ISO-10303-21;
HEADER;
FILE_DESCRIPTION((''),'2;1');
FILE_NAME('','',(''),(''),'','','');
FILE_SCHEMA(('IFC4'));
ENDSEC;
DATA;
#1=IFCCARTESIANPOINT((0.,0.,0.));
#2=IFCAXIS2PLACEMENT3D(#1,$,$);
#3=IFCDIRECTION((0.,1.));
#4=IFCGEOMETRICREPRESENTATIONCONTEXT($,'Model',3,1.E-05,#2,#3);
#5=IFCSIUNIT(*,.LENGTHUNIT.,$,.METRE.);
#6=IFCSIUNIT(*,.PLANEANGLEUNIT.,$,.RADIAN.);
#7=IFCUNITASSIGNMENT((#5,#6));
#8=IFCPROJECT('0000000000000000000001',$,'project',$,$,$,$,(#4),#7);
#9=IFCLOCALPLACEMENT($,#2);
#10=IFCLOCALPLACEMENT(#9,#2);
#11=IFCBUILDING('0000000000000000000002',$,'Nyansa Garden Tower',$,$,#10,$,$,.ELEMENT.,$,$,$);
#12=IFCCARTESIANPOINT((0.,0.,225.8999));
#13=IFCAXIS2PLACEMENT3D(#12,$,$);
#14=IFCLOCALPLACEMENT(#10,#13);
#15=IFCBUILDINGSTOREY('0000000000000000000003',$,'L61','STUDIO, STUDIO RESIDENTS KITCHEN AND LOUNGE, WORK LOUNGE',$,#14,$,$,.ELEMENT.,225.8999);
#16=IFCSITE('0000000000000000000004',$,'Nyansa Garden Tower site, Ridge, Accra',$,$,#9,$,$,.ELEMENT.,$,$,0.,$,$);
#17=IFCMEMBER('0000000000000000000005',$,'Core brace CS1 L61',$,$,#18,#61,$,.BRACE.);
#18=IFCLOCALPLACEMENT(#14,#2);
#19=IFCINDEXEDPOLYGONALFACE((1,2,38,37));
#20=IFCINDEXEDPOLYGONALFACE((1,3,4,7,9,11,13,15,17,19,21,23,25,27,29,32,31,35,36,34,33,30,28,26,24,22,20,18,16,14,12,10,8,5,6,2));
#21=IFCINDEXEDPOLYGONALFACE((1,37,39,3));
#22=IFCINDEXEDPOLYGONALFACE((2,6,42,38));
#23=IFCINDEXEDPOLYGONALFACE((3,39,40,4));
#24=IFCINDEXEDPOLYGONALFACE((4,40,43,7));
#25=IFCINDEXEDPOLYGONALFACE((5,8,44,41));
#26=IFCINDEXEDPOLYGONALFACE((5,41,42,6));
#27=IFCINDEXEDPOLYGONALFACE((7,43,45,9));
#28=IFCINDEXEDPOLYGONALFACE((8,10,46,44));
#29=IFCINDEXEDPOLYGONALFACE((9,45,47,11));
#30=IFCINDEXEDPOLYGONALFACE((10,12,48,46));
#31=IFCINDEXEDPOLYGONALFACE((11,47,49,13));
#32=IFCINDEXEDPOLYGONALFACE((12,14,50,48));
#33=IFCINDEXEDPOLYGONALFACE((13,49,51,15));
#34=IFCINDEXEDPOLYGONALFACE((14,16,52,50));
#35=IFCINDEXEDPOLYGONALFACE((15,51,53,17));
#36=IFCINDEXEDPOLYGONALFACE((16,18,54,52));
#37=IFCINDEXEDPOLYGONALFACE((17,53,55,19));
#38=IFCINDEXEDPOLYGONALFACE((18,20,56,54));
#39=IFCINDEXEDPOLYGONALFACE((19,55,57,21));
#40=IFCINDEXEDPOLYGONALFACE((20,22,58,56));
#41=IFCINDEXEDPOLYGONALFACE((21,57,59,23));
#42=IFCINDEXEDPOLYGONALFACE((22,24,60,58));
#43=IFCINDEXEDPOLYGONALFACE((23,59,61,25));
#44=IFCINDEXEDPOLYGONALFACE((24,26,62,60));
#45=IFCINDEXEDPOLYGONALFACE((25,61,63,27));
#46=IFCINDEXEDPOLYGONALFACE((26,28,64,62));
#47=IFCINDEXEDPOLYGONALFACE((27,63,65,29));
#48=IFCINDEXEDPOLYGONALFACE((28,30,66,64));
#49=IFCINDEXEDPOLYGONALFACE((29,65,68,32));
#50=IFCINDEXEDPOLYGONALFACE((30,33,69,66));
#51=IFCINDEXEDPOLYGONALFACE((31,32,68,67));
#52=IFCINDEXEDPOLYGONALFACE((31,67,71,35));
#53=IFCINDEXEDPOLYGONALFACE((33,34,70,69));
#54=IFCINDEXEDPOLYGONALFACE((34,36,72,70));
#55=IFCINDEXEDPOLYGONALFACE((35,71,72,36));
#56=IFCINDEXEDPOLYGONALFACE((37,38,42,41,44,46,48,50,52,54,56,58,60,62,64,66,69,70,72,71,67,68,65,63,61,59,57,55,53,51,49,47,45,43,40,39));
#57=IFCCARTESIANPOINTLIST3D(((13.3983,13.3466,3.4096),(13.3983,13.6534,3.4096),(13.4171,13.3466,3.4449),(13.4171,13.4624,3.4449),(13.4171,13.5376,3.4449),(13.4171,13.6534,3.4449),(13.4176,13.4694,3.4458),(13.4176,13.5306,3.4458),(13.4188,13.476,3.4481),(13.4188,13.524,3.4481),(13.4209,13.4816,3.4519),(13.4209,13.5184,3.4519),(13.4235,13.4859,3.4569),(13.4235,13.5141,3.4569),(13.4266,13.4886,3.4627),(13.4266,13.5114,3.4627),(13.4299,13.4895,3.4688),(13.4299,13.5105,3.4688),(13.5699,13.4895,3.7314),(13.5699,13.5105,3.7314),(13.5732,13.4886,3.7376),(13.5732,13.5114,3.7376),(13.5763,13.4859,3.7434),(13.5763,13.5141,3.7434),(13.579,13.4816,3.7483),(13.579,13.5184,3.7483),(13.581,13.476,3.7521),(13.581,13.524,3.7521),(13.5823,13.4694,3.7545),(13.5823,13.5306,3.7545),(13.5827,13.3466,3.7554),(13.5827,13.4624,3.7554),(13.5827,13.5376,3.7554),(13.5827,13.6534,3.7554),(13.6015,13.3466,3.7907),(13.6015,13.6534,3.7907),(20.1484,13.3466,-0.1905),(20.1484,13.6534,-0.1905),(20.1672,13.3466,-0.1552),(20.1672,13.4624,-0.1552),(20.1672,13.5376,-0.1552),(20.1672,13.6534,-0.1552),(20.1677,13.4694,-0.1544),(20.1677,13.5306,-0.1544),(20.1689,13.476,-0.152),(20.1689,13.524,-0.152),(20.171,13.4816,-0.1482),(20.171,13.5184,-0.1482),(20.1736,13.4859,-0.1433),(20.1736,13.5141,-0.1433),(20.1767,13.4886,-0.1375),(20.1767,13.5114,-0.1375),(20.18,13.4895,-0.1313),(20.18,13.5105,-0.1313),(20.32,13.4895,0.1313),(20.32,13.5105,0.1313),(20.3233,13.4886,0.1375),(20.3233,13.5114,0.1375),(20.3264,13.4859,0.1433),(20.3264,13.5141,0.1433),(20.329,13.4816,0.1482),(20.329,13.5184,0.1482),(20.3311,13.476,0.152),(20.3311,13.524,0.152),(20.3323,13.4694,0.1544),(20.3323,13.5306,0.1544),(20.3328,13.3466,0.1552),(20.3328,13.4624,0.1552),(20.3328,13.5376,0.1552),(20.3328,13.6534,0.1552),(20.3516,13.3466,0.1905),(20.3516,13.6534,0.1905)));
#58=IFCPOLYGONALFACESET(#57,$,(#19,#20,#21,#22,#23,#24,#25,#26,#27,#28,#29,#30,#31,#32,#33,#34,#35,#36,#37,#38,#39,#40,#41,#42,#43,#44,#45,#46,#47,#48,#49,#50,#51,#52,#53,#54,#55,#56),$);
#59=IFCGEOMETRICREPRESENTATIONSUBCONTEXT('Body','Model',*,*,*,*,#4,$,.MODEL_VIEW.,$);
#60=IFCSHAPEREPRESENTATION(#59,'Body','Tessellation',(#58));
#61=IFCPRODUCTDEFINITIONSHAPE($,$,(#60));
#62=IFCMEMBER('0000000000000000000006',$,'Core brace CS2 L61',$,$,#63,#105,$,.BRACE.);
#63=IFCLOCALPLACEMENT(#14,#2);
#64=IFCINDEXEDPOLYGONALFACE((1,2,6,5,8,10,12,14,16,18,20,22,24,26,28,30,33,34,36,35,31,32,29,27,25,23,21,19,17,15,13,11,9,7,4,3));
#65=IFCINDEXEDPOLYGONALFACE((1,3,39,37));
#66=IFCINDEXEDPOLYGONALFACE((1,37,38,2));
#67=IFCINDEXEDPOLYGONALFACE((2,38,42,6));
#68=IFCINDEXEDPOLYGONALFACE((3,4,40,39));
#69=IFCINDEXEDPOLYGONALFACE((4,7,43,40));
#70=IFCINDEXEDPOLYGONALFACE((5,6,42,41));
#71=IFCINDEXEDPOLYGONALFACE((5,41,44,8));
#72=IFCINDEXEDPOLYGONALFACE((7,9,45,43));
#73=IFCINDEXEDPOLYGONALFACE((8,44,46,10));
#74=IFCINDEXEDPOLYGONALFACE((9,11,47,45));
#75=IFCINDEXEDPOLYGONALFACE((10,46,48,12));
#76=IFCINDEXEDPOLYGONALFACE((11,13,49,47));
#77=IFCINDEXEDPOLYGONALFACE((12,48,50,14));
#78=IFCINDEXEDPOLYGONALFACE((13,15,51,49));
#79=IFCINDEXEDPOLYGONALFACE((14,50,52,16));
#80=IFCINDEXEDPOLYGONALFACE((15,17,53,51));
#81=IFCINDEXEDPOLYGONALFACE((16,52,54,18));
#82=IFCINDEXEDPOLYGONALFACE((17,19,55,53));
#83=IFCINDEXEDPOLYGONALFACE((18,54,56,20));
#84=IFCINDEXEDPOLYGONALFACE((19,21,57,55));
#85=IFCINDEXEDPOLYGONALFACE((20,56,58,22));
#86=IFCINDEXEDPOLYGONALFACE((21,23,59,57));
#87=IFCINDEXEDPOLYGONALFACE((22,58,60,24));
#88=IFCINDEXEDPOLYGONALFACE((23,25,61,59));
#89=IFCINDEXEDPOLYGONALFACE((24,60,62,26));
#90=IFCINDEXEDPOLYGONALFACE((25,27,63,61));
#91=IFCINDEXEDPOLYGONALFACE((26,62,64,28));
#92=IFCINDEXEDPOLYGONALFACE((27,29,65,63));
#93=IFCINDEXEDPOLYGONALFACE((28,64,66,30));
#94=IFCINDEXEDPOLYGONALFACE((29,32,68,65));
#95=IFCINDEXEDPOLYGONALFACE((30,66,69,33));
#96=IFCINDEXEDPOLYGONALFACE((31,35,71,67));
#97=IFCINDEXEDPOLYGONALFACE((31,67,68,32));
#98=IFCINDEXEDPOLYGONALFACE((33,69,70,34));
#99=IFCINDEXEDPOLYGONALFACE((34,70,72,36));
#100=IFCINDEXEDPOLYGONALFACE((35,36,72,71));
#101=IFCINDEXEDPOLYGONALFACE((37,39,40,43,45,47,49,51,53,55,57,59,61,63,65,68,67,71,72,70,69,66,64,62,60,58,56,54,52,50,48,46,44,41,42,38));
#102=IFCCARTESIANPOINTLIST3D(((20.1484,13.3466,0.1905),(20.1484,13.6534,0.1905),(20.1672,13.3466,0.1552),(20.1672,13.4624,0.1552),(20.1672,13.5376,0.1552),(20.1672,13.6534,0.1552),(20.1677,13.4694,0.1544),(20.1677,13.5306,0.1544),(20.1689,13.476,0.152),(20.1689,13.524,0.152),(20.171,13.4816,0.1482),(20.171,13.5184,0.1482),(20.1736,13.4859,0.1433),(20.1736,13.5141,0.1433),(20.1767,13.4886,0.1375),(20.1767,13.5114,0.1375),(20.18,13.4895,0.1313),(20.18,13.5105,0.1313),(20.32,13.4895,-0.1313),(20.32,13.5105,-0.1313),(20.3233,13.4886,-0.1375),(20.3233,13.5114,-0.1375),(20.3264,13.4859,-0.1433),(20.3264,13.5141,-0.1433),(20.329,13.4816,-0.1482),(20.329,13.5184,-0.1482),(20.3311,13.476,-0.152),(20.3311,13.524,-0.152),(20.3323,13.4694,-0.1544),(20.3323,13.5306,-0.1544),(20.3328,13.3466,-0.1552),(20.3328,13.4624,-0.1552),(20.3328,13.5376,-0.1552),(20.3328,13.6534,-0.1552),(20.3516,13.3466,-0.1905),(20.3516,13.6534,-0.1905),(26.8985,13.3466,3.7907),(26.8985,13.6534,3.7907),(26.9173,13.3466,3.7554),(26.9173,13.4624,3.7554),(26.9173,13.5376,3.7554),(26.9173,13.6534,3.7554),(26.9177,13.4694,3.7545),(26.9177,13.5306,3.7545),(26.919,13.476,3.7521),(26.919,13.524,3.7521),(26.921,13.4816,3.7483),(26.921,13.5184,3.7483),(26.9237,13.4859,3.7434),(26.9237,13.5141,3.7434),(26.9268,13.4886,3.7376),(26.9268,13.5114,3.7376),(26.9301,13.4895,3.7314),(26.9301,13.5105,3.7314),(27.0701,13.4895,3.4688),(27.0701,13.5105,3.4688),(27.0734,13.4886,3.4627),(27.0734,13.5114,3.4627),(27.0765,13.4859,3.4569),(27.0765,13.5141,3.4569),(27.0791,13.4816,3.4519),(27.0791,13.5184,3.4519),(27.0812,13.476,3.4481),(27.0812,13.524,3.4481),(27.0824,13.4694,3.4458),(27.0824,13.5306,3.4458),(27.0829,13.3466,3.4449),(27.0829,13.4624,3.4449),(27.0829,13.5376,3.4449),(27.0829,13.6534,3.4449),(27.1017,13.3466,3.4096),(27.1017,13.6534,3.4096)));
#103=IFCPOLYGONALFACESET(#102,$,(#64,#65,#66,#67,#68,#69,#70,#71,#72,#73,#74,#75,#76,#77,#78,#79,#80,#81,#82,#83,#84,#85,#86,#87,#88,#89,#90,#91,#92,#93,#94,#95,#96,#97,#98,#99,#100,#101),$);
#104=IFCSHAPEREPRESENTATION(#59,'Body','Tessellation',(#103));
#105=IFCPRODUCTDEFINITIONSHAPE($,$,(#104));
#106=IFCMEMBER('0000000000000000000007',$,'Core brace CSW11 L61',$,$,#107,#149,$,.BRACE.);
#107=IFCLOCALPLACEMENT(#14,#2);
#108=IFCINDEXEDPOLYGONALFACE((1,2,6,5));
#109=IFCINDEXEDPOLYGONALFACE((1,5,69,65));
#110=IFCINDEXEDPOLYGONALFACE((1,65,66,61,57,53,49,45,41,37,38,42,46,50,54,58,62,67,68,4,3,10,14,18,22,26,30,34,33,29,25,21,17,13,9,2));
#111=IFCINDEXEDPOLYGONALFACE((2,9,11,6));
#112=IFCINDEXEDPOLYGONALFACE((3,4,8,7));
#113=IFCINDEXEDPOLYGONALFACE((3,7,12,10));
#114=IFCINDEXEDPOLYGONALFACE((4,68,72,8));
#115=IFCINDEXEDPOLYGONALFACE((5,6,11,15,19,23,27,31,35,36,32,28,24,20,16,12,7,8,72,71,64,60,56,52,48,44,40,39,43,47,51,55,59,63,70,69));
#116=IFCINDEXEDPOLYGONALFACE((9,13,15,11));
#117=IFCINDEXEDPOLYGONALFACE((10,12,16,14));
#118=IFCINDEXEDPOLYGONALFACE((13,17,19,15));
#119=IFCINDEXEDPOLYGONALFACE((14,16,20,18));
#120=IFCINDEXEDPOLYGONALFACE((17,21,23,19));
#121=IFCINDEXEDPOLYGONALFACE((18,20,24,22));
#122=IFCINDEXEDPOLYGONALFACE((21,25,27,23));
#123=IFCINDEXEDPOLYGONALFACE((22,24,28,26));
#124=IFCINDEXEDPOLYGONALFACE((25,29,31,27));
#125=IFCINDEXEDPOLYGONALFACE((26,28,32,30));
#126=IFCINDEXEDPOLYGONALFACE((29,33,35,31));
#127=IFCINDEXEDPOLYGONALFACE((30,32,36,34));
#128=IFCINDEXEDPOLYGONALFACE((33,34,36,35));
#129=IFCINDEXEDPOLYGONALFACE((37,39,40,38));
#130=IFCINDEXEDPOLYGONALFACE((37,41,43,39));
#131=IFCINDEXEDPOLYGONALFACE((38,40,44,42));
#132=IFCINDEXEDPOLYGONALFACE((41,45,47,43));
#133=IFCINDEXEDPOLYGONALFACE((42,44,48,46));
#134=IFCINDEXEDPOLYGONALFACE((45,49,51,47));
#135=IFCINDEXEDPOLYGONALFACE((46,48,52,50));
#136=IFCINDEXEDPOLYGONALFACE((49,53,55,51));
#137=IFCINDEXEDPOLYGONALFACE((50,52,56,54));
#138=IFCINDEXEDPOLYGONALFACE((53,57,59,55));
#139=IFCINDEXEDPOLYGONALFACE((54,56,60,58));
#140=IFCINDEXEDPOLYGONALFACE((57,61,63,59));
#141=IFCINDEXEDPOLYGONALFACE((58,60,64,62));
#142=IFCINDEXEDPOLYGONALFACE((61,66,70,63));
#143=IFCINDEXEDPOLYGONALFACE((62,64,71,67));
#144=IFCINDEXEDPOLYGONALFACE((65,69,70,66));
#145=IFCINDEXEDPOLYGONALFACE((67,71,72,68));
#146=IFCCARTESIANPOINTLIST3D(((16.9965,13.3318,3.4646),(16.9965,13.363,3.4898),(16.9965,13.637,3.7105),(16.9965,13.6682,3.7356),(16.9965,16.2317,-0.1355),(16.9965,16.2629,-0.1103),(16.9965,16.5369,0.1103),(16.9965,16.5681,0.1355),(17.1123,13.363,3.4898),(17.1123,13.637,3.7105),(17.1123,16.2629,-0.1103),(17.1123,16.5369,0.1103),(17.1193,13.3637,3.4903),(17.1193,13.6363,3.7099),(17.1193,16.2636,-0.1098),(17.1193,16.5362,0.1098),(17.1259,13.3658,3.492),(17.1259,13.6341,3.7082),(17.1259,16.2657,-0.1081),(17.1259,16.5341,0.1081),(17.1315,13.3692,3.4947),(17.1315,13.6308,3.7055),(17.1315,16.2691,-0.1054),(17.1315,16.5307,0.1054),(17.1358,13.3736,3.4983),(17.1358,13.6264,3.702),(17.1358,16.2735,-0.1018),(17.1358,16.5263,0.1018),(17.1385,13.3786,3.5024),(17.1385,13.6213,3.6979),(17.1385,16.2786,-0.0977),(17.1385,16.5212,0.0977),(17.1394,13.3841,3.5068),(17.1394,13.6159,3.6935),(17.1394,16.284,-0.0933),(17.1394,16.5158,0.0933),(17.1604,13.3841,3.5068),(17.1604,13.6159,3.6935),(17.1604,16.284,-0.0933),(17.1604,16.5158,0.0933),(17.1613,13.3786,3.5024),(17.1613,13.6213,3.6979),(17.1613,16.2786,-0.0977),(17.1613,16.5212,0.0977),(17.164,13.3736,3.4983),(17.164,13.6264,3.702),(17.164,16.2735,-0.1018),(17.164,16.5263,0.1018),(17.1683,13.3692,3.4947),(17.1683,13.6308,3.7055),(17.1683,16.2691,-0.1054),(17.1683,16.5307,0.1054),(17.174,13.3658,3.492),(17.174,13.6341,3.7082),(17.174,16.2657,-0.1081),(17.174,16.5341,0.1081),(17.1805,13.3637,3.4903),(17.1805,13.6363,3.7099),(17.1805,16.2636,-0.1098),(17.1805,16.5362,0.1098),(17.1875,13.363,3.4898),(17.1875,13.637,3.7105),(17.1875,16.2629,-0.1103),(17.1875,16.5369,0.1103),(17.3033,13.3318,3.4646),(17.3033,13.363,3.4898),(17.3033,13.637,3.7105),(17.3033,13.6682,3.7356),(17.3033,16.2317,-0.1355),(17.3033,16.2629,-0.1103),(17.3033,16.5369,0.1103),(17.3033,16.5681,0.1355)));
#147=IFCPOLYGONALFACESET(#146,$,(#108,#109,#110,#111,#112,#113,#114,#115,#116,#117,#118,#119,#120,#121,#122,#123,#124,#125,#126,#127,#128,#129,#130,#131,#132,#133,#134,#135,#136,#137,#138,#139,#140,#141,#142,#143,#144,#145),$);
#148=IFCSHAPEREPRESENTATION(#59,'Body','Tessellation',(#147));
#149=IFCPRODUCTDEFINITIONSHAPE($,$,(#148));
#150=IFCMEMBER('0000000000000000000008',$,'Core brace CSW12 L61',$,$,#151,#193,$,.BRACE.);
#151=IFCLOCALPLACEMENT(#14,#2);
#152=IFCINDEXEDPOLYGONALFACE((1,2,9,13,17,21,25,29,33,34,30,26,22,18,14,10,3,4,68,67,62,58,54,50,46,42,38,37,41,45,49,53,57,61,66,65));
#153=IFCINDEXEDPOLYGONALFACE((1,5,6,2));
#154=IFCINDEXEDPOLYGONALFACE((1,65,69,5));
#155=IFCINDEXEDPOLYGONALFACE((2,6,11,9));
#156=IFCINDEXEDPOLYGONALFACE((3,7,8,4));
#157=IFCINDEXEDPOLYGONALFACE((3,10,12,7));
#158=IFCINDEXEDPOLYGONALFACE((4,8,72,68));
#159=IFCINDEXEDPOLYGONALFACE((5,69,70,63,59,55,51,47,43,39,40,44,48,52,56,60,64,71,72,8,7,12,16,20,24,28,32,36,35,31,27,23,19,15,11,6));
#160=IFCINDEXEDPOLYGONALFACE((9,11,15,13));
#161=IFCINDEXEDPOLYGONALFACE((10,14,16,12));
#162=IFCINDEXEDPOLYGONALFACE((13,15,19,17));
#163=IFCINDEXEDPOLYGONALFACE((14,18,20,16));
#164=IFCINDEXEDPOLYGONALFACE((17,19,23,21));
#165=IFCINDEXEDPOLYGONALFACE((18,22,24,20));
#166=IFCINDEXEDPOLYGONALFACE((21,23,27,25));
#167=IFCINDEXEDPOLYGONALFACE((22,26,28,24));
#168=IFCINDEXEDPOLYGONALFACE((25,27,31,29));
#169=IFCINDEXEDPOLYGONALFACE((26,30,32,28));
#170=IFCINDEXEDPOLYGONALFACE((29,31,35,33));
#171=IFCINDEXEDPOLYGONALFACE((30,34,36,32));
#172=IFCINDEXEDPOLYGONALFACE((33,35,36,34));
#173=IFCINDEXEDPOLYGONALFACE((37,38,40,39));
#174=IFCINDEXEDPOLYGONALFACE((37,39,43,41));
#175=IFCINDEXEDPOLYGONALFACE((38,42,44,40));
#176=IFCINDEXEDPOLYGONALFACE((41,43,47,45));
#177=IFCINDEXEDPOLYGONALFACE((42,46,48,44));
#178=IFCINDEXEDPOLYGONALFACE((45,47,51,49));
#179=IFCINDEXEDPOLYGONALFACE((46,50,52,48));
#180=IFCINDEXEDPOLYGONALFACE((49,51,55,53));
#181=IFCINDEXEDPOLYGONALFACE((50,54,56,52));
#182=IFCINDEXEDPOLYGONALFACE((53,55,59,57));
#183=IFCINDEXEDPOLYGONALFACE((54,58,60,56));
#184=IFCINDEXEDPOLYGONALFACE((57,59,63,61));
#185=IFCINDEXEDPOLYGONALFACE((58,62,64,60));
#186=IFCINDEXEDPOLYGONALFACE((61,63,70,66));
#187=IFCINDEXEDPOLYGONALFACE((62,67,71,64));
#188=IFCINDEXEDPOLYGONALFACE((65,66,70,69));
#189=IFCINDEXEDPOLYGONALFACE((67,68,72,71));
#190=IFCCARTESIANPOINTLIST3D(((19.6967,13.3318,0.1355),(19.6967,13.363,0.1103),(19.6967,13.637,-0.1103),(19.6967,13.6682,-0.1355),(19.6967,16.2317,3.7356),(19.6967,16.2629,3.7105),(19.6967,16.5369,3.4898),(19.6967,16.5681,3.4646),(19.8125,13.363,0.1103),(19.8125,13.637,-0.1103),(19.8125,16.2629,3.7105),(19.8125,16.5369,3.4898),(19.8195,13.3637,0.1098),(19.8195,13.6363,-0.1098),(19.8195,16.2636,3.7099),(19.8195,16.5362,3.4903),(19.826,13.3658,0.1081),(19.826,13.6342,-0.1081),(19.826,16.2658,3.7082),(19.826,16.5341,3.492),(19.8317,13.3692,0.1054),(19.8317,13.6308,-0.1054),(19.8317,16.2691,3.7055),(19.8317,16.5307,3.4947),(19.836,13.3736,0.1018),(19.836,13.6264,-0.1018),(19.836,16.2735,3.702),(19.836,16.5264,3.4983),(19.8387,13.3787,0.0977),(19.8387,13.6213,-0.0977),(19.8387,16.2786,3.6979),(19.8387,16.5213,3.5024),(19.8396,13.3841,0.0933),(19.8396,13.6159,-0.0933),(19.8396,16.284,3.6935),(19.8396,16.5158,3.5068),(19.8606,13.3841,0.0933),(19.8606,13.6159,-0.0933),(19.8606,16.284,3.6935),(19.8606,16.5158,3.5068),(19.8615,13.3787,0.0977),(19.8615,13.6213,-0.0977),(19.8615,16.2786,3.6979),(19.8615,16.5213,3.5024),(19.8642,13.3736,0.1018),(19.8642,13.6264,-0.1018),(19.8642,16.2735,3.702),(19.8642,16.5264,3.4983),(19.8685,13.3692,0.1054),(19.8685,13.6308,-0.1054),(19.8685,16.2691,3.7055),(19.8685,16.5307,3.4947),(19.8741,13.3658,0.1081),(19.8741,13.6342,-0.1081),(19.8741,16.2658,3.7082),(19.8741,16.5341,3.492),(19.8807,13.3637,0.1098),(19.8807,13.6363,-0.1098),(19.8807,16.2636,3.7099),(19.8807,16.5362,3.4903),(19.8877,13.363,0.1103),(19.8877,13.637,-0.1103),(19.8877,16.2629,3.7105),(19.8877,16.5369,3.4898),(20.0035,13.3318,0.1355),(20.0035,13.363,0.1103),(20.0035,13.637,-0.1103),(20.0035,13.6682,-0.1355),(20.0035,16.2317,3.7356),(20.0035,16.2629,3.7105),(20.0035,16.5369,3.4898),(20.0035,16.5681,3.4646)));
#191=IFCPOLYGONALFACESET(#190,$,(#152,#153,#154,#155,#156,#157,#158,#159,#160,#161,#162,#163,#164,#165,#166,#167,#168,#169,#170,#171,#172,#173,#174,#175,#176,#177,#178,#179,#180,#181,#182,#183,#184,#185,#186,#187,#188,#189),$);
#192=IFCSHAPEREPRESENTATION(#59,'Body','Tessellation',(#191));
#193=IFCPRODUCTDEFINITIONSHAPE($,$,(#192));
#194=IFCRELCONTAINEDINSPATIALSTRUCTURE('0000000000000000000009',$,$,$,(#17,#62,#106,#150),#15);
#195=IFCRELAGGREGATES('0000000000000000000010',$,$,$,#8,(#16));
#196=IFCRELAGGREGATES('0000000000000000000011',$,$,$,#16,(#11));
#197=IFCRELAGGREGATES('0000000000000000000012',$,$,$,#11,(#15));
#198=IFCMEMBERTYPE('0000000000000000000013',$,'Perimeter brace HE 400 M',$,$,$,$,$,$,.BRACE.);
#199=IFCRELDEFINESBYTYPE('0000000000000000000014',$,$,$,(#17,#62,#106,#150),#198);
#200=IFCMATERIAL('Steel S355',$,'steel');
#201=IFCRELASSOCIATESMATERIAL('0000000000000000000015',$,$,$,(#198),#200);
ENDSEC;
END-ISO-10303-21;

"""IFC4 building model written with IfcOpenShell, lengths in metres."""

from ifc_helpers import new_model, si_unit, direction, frame, origin, origin_2d, place, context, subcontext, project, spatial, i_section, extrude, material, material_profile, profile_set, type_object, element, save


model = new_model("IFC4")

# Units and contexts
model_context = context("Model", 3, precision=1e-05, world=origin(), true_north=direction((0.0, 1.0)))
body_context = subcontext(model_context, "Body", "Model", "MODEL_VIEW")
ifc_project = project(units=[si_unit("LENGTHUNIT", "METRE"), si_unit("PLANEANGLEUNIT", "RADIAN")], contexts=[model_context])

# Site, building, storey
site_placement = place(None, origin())
site = spatial("IfcSite", under=ifc_project, at=site_placement, Name="Nyansa Garden Tower site, Ridge, Accra", CompositionType="ELEMENT", RefElevation=0.0)
building_placement = place(site_placement, origin())
building = spatial("IfcBuilding", under=site, at=building_placement, Name="Nyansa Garden Tower", CompositionType="ELEMENT")
storey_placement = place(building_placement, frame((0.0, 0.0, 225.8999)))
storey = spatial("IfcBuildingStorey", under=building, at=storey_placement, Name="L61", Description="STUDIO, STUDIO RESIDENTS KITCHEN AND LOUNGE, WORK LOUNGE", CompositionType="ELEMENT", Elevation=225.8999)

# Members
ifc_material_1 = material(Name="Steel S355", Category="steel")
ifc_material_profile_1 = material_profile(ifc_material_1, i_section(OverallWidth=0.3069, OverallDepth=0.4319, WebThickness=0.021, FlangeThickness=0.04, FilletRadius=0.0271, at=origin_2d()), Name="HE 400 M")
ifc_profile_set_1 = profile_set([ifc_material_profile_1], Name="Steel S355")
member_type = type_object("IfcMemberType", Name="Perimeter brace HE 400 M", PredefinedType="BRACE", material=ifc_profile_set_1)
for number, where, z_axis, x_axis, name in (
    (1, (20.25, 13.5, 0.0), (-0.882348, 0.0, 0.470598), (0.0, -1.0, 0.0), "Core brace CS1 L61"),
    (2, (20.25, 13.5, 0.0), (0.882348, 0.0, 0.470598), (0.0, 1.0, 0.0), "Core brace CS2 L61"),
):
    element("IfcMember", number, at=place(storey_placement, frame(where, z_axis=z_axis, x_axis=x_axis)), inside=storey, type_object=member_type, Name=name, PredefinedType="BRACE", context=body_context, shape_type="SweptSolid", body=[
        extrude(i_section(OverallWidth=0.3069, OverallDepth=0.4319, WebThickness=0.021, FlangeThickness=0.04, FilletRadius=0.0271, at=origin_2d()), origin(), (0.0, 0.0, 1.0), 7.6501),
    ])
for number, where, z_axis, x_axis, name in (
    (3, (17.1499, 16.3999, 0.0), (0.0, -0.627306, 0.778773), (1.0, 0.0, 0.0), "Core brace CSW11 L61"),
    (4, (19.8501, 13.5, 0.0), (0.0, 0.627306, 0.778773), (-1.0, 0.0, 0.0), "Core brace CSW12 L61"),
):
    element("IfcMember", number, at=place(storey_placement, frame(where, z_axis=z_axis, x_axis=x_axis)), inside=storey, type_object=member_type, Name=name, PredefinedType="BRACE", context=body_context, shape_type="SweptSolid", body=[
        extrude(i_section(OverallWidth=0.3069, OverallDepth=0.4319, WebThickness=0.021, FlangeThickness=0.04, FilletRadius=0.0271, at=origin_2d()), origin(), (0.0, 0.0, 1.0), 4.6228),
    ])

save(model, "model.ifc")
